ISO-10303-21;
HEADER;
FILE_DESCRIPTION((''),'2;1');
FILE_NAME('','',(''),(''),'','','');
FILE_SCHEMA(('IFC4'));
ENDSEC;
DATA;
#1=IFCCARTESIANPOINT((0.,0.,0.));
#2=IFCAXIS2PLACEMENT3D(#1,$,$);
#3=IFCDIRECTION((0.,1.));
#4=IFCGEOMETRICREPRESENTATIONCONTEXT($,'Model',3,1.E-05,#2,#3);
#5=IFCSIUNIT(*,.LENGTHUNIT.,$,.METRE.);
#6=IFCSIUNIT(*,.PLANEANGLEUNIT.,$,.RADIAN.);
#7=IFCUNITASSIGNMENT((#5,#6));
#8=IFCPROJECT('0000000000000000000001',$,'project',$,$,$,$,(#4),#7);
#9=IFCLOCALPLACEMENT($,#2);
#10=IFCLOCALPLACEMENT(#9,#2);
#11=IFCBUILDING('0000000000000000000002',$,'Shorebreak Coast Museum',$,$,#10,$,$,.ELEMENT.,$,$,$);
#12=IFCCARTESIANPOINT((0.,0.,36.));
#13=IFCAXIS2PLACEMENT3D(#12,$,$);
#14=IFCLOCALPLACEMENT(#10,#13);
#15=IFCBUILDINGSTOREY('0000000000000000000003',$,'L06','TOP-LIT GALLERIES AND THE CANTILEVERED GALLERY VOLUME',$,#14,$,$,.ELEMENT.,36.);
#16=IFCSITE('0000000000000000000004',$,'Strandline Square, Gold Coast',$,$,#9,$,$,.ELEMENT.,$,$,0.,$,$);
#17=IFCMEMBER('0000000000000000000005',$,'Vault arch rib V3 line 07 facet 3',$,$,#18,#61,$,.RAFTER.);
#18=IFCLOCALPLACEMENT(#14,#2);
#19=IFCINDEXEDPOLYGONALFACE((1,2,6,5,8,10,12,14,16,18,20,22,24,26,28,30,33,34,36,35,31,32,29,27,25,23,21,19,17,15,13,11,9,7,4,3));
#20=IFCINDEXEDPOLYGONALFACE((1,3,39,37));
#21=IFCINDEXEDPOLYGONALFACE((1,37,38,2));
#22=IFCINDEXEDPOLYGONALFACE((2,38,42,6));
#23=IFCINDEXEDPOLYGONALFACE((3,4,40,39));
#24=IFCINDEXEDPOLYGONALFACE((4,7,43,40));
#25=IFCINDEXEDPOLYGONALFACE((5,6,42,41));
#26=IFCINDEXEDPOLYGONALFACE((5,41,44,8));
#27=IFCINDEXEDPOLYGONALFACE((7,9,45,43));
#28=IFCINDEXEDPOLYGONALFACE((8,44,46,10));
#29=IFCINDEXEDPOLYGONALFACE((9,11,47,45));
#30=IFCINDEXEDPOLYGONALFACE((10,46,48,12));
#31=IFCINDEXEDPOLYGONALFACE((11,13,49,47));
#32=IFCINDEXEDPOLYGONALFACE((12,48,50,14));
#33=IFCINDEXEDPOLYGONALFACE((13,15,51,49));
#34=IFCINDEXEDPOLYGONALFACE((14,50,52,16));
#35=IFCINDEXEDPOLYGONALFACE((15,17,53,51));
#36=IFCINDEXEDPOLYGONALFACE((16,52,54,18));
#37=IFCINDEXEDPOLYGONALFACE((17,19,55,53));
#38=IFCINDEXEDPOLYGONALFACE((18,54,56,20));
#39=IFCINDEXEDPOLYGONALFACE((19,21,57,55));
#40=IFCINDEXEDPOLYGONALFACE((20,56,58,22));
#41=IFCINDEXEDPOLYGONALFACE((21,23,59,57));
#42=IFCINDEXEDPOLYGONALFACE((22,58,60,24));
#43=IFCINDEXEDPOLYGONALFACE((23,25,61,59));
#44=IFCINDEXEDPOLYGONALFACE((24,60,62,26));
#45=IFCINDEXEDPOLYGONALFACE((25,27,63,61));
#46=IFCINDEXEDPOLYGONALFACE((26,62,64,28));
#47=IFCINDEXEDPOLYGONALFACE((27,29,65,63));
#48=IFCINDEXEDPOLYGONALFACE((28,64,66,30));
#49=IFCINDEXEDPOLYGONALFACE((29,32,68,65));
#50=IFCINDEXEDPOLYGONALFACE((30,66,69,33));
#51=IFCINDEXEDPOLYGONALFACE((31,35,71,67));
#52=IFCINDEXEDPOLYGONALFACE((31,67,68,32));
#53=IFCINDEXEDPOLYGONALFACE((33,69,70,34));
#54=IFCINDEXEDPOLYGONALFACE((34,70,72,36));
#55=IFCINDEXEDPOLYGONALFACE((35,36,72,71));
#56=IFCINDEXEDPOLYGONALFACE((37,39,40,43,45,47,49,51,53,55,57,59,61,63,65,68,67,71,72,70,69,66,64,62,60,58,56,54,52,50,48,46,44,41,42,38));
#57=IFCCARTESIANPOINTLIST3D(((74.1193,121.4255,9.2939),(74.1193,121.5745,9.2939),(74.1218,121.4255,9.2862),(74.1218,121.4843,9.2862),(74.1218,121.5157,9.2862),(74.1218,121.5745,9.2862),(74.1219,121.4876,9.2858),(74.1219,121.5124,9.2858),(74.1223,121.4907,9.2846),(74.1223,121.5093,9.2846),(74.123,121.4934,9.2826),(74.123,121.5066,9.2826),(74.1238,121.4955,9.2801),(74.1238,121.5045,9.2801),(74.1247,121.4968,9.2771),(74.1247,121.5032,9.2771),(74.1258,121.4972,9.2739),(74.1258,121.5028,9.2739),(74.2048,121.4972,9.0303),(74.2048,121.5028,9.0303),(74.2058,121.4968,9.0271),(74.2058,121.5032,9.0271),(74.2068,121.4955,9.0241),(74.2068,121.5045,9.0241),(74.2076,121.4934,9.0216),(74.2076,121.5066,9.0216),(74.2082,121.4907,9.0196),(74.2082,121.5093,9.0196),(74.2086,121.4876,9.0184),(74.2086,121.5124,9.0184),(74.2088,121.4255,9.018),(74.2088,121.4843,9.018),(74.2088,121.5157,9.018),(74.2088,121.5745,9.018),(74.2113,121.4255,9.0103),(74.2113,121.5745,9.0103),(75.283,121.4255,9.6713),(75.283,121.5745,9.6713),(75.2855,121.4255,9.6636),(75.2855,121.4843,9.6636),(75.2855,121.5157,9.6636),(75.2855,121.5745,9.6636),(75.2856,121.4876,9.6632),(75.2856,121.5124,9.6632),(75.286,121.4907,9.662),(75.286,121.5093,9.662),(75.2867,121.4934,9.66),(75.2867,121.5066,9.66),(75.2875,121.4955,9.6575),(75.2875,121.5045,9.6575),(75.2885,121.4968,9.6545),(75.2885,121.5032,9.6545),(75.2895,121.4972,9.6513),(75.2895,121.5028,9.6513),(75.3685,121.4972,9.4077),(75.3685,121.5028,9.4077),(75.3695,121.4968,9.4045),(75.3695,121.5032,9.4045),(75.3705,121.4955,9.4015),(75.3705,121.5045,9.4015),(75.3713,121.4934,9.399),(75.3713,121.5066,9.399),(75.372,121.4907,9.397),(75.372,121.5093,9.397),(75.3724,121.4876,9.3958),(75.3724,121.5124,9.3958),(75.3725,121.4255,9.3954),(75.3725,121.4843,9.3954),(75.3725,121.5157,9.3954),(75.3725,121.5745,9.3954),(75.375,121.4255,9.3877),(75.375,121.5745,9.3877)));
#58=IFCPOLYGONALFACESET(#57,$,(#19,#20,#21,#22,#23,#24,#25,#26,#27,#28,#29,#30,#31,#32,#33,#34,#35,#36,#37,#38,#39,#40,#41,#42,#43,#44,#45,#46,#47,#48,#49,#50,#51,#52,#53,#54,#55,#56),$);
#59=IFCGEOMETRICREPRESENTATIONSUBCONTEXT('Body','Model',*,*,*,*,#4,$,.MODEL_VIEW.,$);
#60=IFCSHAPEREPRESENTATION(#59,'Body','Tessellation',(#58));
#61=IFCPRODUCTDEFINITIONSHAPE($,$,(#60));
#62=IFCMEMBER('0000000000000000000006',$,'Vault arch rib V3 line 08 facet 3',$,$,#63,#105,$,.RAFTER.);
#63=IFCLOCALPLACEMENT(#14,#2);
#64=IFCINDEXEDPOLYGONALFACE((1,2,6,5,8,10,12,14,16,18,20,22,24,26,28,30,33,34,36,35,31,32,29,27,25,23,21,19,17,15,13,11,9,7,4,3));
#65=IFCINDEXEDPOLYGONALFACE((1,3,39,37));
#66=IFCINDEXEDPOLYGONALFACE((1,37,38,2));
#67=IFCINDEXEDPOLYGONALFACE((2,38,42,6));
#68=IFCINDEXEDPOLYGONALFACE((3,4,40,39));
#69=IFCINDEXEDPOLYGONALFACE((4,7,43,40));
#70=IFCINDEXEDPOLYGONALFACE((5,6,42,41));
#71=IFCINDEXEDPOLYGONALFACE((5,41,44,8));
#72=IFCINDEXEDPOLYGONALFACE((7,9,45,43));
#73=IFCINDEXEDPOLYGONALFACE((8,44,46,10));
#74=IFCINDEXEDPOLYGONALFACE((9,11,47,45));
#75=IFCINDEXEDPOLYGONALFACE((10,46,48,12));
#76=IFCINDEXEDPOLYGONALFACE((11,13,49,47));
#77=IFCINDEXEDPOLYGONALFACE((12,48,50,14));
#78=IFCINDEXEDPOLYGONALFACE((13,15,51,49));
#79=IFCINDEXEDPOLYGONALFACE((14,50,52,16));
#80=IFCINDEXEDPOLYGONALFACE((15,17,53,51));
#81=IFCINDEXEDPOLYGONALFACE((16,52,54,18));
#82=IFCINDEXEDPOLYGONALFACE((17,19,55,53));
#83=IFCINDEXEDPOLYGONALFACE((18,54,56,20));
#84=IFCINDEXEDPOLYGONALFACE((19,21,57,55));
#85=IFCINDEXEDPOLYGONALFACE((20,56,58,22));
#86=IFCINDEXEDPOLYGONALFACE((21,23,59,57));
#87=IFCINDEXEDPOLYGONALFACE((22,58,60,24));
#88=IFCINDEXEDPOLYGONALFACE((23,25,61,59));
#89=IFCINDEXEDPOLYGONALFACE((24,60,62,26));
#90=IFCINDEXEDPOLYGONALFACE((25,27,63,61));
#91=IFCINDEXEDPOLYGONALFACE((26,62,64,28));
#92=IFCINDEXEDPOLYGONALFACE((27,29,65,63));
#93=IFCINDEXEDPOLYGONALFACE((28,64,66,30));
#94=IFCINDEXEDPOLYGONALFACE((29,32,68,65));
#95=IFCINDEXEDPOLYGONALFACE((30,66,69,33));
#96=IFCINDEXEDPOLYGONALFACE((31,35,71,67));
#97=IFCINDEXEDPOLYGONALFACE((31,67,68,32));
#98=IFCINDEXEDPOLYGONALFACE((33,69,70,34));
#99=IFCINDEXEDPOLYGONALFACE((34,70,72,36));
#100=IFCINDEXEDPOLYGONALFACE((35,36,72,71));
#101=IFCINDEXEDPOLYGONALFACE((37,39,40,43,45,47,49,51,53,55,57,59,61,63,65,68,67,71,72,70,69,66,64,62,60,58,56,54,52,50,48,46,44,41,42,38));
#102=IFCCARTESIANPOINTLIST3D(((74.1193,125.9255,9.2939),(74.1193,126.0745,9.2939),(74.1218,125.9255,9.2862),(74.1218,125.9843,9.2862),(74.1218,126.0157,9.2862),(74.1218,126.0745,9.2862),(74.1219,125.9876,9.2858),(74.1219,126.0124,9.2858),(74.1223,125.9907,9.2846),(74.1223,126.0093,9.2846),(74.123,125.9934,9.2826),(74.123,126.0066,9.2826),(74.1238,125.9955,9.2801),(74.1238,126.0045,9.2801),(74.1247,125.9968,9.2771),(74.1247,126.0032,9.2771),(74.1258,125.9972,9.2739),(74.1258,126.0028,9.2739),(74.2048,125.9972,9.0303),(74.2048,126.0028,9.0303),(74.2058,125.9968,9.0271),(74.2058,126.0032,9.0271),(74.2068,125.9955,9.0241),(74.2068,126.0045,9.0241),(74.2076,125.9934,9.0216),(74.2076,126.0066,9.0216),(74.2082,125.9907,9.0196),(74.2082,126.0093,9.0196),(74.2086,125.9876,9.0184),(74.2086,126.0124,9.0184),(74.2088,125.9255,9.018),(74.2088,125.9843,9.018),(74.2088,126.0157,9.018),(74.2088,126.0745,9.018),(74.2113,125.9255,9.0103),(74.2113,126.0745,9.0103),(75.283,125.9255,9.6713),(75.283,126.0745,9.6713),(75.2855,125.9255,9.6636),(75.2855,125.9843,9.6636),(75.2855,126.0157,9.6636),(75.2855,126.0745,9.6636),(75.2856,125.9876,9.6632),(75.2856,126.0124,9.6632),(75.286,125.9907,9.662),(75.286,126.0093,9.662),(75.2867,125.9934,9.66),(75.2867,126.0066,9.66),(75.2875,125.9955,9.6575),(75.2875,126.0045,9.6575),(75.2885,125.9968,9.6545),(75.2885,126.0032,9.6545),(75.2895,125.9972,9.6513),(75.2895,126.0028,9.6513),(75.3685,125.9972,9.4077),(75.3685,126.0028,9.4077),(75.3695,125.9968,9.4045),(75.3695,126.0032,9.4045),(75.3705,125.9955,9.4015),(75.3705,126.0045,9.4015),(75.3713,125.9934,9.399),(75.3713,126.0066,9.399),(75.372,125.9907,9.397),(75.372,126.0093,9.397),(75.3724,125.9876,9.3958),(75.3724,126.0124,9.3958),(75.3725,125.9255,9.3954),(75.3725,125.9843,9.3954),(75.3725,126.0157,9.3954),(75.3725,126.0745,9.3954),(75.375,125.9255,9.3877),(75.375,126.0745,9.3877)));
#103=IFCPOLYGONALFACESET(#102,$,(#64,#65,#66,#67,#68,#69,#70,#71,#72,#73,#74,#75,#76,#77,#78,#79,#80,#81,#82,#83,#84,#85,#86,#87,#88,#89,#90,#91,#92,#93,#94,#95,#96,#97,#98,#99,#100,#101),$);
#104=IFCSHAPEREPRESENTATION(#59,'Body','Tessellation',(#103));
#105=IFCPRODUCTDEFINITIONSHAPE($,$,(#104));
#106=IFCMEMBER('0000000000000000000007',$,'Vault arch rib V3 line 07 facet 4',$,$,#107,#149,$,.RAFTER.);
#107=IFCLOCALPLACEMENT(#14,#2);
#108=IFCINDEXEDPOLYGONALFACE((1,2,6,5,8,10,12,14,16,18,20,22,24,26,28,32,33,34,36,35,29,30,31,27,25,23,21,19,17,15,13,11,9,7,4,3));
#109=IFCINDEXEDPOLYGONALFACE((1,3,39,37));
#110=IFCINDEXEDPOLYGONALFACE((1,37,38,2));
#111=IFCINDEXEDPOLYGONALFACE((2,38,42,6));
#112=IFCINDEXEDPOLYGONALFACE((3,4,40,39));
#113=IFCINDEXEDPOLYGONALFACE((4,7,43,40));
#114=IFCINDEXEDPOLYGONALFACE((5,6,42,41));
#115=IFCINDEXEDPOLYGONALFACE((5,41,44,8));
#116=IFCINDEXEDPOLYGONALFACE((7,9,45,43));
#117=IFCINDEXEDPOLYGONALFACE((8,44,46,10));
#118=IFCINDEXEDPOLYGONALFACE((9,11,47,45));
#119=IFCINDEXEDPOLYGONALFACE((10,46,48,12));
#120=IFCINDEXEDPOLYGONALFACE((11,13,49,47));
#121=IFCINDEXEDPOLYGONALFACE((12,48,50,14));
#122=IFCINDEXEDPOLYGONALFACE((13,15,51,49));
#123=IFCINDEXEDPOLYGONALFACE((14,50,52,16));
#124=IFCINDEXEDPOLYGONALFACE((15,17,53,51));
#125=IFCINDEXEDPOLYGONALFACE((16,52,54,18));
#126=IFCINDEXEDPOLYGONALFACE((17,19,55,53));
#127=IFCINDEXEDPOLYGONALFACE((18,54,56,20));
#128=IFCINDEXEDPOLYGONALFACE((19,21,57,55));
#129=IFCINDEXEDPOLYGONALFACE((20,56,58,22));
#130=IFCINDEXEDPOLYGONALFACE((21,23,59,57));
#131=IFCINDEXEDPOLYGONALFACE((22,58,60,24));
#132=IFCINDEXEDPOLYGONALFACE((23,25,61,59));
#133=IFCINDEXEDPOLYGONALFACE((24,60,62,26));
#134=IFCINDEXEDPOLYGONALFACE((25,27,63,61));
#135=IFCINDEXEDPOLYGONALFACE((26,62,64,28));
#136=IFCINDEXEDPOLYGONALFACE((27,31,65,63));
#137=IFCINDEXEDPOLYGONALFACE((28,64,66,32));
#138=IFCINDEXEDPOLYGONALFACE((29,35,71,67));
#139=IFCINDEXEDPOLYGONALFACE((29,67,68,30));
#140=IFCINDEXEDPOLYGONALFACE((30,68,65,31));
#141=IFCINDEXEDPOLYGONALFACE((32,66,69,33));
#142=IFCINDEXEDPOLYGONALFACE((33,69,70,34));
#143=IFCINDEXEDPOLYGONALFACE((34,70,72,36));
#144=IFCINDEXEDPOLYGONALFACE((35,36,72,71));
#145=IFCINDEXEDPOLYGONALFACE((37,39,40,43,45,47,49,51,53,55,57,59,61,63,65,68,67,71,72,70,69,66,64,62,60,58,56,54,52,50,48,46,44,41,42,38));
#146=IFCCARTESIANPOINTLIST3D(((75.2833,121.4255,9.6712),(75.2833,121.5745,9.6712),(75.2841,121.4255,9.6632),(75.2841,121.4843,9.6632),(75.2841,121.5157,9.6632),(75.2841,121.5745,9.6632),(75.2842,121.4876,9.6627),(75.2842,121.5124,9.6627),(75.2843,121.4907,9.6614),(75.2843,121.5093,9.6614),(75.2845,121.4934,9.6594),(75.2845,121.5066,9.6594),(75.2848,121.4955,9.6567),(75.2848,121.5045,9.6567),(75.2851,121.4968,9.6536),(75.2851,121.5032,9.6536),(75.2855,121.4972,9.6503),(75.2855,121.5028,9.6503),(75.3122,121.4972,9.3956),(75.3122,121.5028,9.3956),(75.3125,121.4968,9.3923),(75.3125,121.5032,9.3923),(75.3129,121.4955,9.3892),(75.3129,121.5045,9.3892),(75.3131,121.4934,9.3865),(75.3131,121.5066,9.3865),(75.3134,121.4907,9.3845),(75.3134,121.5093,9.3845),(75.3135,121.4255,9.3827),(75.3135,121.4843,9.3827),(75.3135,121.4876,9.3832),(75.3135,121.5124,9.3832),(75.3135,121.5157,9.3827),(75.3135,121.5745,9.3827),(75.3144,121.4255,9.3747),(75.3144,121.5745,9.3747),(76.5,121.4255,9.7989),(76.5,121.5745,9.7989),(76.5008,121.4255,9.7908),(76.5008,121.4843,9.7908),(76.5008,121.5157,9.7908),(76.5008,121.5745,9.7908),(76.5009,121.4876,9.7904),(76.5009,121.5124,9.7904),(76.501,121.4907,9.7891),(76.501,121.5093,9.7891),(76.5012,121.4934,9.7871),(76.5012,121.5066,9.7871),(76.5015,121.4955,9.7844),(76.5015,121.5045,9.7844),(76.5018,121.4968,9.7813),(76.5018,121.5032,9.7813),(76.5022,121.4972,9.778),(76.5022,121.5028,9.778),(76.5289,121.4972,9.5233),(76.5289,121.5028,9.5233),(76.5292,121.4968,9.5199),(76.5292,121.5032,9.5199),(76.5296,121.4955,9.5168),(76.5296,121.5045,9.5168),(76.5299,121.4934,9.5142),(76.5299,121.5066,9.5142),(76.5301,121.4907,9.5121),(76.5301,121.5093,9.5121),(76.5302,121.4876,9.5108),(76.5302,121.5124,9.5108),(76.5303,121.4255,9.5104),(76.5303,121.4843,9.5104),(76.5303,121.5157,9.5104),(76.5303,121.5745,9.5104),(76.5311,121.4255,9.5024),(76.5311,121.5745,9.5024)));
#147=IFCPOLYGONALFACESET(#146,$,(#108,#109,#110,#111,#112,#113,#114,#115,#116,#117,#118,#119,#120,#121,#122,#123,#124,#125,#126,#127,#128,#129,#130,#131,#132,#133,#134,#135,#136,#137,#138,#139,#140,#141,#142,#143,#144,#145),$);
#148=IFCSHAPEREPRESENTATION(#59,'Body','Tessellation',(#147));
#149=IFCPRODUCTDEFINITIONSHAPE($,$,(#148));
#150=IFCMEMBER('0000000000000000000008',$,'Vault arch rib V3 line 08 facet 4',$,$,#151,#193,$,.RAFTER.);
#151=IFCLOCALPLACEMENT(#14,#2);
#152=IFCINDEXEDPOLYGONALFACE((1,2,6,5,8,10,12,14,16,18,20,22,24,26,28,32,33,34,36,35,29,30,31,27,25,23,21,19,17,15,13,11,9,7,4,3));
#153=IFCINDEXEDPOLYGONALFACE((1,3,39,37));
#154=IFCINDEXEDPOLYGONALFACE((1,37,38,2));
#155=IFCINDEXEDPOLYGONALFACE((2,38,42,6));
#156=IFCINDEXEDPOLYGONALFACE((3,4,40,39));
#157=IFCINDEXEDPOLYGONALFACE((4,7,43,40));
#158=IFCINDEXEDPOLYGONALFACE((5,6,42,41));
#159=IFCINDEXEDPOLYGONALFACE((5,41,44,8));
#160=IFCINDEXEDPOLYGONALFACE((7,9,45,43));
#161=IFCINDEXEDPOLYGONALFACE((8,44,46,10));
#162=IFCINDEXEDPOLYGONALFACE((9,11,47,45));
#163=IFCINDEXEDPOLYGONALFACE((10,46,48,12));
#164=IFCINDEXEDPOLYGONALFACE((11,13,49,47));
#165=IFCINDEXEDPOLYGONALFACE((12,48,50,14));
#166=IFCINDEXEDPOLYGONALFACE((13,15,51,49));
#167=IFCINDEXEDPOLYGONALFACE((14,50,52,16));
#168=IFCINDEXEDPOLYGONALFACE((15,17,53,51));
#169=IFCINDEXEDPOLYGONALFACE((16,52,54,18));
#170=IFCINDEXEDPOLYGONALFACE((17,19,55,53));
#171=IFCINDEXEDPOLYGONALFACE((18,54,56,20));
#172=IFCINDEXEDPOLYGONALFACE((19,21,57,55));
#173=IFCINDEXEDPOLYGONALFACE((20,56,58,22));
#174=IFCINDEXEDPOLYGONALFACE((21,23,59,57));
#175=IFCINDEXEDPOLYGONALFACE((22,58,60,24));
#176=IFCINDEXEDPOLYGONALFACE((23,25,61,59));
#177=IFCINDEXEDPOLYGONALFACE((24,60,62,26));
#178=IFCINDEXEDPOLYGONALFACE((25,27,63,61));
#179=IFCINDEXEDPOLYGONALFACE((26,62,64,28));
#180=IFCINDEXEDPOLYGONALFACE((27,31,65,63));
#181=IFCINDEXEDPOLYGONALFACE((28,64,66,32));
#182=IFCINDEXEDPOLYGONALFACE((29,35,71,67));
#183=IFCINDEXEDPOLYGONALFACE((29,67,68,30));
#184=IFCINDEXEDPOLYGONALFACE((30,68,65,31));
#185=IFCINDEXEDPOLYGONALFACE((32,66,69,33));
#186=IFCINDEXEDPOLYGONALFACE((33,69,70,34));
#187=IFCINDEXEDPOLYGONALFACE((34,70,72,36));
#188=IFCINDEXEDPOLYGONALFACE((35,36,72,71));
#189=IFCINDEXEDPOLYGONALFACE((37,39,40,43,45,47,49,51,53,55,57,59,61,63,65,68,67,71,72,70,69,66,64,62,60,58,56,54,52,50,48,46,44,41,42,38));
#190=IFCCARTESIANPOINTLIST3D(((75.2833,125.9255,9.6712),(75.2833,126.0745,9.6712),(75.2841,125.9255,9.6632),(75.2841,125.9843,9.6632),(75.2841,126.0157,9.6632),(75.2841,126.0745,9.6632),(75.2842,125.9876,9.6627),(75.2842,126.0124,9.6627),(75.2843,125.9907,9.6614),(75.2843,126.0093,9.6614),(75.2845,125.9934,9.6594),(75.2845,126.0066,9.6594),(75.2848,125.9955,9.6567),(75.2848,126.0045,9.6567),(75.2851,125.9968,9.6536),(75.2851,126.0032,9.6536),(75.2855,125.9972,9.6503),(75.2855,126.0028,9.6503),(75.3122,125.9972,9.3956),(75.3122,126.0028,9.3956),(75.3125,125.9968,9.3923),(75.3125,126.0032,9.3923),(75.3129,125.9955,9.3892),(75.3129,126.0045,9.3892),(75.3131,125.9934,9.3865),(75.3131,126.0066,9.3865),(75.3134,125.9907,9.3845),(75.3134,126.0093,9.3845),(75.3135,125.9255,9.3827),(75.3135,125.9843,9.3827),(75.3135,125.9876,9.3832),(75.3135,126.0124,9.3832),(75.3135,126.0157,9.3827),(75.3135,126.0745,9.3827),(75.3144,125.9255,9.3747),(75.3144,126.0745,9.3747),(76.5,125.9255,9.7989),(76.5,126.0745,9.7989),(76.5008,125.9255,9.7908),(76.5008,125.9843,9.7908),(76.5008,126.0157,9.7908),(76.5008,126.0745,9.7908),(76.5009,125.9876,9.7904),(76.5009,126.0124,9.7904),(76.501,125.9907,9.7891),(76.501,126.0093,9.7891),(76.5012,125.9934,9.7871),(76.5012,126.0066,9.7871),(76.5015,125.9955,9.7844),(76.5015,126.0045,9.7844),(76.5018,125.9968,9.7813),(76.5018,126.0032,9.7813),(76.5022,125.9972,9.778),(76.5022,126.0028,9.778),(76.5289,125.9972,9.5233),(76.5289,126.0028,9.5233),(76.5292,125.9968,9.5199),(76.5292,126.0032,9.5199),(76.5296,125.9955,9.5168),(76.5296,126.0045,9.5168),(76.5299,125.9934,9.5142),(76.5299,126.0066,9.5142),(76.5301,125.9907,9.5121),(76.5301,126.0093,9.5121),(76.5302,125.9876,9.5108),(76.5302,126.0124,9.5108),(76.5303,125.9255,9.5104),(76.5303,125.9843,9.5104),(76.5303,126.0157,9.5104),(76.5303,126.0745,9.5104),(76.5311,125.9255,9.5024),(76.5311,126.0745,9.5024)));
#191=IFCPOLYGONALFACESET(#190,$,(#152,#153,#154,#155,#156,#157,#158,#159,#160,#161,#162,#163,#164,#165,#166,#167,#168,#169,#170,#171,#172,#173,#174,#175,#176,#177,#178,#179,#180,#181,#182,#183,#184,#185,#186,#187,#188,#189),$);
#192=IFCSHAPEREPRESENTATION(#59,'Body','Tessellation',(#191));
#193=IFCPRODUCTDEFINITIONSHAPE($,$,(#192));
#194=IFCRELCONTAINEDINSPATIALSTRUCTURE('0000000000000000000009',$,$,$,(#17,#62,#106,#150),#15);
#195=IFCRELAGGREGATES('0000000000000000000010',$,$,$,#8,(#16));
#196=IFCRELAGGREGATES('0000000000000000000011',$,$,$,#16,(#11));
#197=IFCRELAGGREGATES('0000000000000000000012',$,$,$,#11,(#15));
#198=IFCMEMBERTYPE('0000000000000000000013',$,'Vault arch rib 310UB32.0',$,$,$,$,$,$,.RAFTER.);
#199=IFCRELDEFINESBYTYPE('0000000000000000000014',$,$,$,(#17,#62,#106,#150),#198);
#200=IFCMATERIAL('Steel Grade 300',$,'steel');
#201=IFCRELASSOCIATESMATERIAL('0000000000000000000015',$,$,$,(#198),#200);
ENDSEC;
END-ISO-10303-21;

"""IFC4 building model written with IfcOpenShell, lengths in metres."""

from ifc_helpers import new_model, si_unit, direction, frame, origin, origin_2d, place, context, subcontext, project, spatial, i_section, extrude, material, material_profile, profile_set, type_object, element, save


model = new_model("IFC4")

# Units and contexts
model_context = context("Model", 3, precision=1e-05, world=origin(), true_north=direction((0.0, 1.0)))
body_context = subcontext(model_context, "Body", "Model", "MODEL_VIEW")
ifc_project = project(units=[si_unit("LENGTHUNIT", "METRE"), si_unit("PLANEANGLEUNIT", "RADIAN")], contexts=[model_context])

# Site, building, storey
site_placement = place(None, origin())
site = spatial("IfcSite", under=ifc_project, at=site_placement, Name="Strandline Square, Gold Coast", CompositionType="ELEMENT", RefElevation=0.0)
building_placement = place(site_placement, origin())
building = spatial("IfcBuilding", under=site, at=building_placement, Name="Shorebreak Coast Museum", CompositionType="ELEMENT")
storey_placement = place(building_placement, frame((0.0, 0.0, 36.0)))
storey = spatial("IfcBuildingStorey", under=building, at=storey_placement, Name="L06", Description="TOP-LIT GALLERIES AND THE CANTILEVERED GALLERY VOLUME", CompositionType="ELEMENT", Elevation=36.0)

# Members
ifc_material_1 = material(Name="Steel Grade 300", Category="steel")
ifc_material_profile_1 = material_profile(ifc_material_1, i_section(OverallWidth=0.1489, OverallDepth=0.2981, WebThickness=0.0056, FlangeThickness=0.0081, FilletRadius=0.0129, at=origin_2d()), Name="310UB32.0")
ifc_profile_set_1 = profile_set([ifc_material_profile_1], Name="Steel Grade 300")
member_type_1 = type_object("IfcMemberType", Name="Vault arch rib 310UB32.0", PredefinedType="RAFTER", material=ifc_profile_set_1)
for number, where, z_axis, x_axis, name in (
    (1, (74.1653, 121.5, 9.1521), (0.951226, 0.0, 0.308495), (0.0, 1.0, 0.0), "Vault arch rib V3 line 07 facet 3"),
    (2, (74.1653, 126.0, 9.1521), (0.951226, 0.0, 0.308495), (0.0, 1.0, 0.0), "Vault arch rib V3 line 08 facet 3"),
    (3, (75.2988, 121.5, 9.5229), (0.994539, 0.0, 0.104363), (0.0, 1.0, 0.0), "Vault arch rib V3 line 07 facet 4"),
    (4, (75.2988, 126.0, 9.5229), (0.994539, 0.0, 0.104363), (0.0, 1.0, 0.0), "Vault arch rib V3 line 08 facet 4"),
):
    element("IfcMember", number, at=place(storey_placement, frame(where, z_axis=z_axis, x_axis=x_axis)), inside=storey, type_object=member_type_1, Name=name, PredefinedType="RAFTER", context=body_context, shape_type="SweptSolid", body=[
        extrude(i_section(OverallWidth=0.1489, OverallDepth=0.2981, WebThickness=0.0056, FlangeThickness=0.0081, FilletRadius=0.0129, at=origin_2d()), origin(), (0.0, 0.0, 1.0), 1.2234),
    ])

save(model, "model.ifc")
